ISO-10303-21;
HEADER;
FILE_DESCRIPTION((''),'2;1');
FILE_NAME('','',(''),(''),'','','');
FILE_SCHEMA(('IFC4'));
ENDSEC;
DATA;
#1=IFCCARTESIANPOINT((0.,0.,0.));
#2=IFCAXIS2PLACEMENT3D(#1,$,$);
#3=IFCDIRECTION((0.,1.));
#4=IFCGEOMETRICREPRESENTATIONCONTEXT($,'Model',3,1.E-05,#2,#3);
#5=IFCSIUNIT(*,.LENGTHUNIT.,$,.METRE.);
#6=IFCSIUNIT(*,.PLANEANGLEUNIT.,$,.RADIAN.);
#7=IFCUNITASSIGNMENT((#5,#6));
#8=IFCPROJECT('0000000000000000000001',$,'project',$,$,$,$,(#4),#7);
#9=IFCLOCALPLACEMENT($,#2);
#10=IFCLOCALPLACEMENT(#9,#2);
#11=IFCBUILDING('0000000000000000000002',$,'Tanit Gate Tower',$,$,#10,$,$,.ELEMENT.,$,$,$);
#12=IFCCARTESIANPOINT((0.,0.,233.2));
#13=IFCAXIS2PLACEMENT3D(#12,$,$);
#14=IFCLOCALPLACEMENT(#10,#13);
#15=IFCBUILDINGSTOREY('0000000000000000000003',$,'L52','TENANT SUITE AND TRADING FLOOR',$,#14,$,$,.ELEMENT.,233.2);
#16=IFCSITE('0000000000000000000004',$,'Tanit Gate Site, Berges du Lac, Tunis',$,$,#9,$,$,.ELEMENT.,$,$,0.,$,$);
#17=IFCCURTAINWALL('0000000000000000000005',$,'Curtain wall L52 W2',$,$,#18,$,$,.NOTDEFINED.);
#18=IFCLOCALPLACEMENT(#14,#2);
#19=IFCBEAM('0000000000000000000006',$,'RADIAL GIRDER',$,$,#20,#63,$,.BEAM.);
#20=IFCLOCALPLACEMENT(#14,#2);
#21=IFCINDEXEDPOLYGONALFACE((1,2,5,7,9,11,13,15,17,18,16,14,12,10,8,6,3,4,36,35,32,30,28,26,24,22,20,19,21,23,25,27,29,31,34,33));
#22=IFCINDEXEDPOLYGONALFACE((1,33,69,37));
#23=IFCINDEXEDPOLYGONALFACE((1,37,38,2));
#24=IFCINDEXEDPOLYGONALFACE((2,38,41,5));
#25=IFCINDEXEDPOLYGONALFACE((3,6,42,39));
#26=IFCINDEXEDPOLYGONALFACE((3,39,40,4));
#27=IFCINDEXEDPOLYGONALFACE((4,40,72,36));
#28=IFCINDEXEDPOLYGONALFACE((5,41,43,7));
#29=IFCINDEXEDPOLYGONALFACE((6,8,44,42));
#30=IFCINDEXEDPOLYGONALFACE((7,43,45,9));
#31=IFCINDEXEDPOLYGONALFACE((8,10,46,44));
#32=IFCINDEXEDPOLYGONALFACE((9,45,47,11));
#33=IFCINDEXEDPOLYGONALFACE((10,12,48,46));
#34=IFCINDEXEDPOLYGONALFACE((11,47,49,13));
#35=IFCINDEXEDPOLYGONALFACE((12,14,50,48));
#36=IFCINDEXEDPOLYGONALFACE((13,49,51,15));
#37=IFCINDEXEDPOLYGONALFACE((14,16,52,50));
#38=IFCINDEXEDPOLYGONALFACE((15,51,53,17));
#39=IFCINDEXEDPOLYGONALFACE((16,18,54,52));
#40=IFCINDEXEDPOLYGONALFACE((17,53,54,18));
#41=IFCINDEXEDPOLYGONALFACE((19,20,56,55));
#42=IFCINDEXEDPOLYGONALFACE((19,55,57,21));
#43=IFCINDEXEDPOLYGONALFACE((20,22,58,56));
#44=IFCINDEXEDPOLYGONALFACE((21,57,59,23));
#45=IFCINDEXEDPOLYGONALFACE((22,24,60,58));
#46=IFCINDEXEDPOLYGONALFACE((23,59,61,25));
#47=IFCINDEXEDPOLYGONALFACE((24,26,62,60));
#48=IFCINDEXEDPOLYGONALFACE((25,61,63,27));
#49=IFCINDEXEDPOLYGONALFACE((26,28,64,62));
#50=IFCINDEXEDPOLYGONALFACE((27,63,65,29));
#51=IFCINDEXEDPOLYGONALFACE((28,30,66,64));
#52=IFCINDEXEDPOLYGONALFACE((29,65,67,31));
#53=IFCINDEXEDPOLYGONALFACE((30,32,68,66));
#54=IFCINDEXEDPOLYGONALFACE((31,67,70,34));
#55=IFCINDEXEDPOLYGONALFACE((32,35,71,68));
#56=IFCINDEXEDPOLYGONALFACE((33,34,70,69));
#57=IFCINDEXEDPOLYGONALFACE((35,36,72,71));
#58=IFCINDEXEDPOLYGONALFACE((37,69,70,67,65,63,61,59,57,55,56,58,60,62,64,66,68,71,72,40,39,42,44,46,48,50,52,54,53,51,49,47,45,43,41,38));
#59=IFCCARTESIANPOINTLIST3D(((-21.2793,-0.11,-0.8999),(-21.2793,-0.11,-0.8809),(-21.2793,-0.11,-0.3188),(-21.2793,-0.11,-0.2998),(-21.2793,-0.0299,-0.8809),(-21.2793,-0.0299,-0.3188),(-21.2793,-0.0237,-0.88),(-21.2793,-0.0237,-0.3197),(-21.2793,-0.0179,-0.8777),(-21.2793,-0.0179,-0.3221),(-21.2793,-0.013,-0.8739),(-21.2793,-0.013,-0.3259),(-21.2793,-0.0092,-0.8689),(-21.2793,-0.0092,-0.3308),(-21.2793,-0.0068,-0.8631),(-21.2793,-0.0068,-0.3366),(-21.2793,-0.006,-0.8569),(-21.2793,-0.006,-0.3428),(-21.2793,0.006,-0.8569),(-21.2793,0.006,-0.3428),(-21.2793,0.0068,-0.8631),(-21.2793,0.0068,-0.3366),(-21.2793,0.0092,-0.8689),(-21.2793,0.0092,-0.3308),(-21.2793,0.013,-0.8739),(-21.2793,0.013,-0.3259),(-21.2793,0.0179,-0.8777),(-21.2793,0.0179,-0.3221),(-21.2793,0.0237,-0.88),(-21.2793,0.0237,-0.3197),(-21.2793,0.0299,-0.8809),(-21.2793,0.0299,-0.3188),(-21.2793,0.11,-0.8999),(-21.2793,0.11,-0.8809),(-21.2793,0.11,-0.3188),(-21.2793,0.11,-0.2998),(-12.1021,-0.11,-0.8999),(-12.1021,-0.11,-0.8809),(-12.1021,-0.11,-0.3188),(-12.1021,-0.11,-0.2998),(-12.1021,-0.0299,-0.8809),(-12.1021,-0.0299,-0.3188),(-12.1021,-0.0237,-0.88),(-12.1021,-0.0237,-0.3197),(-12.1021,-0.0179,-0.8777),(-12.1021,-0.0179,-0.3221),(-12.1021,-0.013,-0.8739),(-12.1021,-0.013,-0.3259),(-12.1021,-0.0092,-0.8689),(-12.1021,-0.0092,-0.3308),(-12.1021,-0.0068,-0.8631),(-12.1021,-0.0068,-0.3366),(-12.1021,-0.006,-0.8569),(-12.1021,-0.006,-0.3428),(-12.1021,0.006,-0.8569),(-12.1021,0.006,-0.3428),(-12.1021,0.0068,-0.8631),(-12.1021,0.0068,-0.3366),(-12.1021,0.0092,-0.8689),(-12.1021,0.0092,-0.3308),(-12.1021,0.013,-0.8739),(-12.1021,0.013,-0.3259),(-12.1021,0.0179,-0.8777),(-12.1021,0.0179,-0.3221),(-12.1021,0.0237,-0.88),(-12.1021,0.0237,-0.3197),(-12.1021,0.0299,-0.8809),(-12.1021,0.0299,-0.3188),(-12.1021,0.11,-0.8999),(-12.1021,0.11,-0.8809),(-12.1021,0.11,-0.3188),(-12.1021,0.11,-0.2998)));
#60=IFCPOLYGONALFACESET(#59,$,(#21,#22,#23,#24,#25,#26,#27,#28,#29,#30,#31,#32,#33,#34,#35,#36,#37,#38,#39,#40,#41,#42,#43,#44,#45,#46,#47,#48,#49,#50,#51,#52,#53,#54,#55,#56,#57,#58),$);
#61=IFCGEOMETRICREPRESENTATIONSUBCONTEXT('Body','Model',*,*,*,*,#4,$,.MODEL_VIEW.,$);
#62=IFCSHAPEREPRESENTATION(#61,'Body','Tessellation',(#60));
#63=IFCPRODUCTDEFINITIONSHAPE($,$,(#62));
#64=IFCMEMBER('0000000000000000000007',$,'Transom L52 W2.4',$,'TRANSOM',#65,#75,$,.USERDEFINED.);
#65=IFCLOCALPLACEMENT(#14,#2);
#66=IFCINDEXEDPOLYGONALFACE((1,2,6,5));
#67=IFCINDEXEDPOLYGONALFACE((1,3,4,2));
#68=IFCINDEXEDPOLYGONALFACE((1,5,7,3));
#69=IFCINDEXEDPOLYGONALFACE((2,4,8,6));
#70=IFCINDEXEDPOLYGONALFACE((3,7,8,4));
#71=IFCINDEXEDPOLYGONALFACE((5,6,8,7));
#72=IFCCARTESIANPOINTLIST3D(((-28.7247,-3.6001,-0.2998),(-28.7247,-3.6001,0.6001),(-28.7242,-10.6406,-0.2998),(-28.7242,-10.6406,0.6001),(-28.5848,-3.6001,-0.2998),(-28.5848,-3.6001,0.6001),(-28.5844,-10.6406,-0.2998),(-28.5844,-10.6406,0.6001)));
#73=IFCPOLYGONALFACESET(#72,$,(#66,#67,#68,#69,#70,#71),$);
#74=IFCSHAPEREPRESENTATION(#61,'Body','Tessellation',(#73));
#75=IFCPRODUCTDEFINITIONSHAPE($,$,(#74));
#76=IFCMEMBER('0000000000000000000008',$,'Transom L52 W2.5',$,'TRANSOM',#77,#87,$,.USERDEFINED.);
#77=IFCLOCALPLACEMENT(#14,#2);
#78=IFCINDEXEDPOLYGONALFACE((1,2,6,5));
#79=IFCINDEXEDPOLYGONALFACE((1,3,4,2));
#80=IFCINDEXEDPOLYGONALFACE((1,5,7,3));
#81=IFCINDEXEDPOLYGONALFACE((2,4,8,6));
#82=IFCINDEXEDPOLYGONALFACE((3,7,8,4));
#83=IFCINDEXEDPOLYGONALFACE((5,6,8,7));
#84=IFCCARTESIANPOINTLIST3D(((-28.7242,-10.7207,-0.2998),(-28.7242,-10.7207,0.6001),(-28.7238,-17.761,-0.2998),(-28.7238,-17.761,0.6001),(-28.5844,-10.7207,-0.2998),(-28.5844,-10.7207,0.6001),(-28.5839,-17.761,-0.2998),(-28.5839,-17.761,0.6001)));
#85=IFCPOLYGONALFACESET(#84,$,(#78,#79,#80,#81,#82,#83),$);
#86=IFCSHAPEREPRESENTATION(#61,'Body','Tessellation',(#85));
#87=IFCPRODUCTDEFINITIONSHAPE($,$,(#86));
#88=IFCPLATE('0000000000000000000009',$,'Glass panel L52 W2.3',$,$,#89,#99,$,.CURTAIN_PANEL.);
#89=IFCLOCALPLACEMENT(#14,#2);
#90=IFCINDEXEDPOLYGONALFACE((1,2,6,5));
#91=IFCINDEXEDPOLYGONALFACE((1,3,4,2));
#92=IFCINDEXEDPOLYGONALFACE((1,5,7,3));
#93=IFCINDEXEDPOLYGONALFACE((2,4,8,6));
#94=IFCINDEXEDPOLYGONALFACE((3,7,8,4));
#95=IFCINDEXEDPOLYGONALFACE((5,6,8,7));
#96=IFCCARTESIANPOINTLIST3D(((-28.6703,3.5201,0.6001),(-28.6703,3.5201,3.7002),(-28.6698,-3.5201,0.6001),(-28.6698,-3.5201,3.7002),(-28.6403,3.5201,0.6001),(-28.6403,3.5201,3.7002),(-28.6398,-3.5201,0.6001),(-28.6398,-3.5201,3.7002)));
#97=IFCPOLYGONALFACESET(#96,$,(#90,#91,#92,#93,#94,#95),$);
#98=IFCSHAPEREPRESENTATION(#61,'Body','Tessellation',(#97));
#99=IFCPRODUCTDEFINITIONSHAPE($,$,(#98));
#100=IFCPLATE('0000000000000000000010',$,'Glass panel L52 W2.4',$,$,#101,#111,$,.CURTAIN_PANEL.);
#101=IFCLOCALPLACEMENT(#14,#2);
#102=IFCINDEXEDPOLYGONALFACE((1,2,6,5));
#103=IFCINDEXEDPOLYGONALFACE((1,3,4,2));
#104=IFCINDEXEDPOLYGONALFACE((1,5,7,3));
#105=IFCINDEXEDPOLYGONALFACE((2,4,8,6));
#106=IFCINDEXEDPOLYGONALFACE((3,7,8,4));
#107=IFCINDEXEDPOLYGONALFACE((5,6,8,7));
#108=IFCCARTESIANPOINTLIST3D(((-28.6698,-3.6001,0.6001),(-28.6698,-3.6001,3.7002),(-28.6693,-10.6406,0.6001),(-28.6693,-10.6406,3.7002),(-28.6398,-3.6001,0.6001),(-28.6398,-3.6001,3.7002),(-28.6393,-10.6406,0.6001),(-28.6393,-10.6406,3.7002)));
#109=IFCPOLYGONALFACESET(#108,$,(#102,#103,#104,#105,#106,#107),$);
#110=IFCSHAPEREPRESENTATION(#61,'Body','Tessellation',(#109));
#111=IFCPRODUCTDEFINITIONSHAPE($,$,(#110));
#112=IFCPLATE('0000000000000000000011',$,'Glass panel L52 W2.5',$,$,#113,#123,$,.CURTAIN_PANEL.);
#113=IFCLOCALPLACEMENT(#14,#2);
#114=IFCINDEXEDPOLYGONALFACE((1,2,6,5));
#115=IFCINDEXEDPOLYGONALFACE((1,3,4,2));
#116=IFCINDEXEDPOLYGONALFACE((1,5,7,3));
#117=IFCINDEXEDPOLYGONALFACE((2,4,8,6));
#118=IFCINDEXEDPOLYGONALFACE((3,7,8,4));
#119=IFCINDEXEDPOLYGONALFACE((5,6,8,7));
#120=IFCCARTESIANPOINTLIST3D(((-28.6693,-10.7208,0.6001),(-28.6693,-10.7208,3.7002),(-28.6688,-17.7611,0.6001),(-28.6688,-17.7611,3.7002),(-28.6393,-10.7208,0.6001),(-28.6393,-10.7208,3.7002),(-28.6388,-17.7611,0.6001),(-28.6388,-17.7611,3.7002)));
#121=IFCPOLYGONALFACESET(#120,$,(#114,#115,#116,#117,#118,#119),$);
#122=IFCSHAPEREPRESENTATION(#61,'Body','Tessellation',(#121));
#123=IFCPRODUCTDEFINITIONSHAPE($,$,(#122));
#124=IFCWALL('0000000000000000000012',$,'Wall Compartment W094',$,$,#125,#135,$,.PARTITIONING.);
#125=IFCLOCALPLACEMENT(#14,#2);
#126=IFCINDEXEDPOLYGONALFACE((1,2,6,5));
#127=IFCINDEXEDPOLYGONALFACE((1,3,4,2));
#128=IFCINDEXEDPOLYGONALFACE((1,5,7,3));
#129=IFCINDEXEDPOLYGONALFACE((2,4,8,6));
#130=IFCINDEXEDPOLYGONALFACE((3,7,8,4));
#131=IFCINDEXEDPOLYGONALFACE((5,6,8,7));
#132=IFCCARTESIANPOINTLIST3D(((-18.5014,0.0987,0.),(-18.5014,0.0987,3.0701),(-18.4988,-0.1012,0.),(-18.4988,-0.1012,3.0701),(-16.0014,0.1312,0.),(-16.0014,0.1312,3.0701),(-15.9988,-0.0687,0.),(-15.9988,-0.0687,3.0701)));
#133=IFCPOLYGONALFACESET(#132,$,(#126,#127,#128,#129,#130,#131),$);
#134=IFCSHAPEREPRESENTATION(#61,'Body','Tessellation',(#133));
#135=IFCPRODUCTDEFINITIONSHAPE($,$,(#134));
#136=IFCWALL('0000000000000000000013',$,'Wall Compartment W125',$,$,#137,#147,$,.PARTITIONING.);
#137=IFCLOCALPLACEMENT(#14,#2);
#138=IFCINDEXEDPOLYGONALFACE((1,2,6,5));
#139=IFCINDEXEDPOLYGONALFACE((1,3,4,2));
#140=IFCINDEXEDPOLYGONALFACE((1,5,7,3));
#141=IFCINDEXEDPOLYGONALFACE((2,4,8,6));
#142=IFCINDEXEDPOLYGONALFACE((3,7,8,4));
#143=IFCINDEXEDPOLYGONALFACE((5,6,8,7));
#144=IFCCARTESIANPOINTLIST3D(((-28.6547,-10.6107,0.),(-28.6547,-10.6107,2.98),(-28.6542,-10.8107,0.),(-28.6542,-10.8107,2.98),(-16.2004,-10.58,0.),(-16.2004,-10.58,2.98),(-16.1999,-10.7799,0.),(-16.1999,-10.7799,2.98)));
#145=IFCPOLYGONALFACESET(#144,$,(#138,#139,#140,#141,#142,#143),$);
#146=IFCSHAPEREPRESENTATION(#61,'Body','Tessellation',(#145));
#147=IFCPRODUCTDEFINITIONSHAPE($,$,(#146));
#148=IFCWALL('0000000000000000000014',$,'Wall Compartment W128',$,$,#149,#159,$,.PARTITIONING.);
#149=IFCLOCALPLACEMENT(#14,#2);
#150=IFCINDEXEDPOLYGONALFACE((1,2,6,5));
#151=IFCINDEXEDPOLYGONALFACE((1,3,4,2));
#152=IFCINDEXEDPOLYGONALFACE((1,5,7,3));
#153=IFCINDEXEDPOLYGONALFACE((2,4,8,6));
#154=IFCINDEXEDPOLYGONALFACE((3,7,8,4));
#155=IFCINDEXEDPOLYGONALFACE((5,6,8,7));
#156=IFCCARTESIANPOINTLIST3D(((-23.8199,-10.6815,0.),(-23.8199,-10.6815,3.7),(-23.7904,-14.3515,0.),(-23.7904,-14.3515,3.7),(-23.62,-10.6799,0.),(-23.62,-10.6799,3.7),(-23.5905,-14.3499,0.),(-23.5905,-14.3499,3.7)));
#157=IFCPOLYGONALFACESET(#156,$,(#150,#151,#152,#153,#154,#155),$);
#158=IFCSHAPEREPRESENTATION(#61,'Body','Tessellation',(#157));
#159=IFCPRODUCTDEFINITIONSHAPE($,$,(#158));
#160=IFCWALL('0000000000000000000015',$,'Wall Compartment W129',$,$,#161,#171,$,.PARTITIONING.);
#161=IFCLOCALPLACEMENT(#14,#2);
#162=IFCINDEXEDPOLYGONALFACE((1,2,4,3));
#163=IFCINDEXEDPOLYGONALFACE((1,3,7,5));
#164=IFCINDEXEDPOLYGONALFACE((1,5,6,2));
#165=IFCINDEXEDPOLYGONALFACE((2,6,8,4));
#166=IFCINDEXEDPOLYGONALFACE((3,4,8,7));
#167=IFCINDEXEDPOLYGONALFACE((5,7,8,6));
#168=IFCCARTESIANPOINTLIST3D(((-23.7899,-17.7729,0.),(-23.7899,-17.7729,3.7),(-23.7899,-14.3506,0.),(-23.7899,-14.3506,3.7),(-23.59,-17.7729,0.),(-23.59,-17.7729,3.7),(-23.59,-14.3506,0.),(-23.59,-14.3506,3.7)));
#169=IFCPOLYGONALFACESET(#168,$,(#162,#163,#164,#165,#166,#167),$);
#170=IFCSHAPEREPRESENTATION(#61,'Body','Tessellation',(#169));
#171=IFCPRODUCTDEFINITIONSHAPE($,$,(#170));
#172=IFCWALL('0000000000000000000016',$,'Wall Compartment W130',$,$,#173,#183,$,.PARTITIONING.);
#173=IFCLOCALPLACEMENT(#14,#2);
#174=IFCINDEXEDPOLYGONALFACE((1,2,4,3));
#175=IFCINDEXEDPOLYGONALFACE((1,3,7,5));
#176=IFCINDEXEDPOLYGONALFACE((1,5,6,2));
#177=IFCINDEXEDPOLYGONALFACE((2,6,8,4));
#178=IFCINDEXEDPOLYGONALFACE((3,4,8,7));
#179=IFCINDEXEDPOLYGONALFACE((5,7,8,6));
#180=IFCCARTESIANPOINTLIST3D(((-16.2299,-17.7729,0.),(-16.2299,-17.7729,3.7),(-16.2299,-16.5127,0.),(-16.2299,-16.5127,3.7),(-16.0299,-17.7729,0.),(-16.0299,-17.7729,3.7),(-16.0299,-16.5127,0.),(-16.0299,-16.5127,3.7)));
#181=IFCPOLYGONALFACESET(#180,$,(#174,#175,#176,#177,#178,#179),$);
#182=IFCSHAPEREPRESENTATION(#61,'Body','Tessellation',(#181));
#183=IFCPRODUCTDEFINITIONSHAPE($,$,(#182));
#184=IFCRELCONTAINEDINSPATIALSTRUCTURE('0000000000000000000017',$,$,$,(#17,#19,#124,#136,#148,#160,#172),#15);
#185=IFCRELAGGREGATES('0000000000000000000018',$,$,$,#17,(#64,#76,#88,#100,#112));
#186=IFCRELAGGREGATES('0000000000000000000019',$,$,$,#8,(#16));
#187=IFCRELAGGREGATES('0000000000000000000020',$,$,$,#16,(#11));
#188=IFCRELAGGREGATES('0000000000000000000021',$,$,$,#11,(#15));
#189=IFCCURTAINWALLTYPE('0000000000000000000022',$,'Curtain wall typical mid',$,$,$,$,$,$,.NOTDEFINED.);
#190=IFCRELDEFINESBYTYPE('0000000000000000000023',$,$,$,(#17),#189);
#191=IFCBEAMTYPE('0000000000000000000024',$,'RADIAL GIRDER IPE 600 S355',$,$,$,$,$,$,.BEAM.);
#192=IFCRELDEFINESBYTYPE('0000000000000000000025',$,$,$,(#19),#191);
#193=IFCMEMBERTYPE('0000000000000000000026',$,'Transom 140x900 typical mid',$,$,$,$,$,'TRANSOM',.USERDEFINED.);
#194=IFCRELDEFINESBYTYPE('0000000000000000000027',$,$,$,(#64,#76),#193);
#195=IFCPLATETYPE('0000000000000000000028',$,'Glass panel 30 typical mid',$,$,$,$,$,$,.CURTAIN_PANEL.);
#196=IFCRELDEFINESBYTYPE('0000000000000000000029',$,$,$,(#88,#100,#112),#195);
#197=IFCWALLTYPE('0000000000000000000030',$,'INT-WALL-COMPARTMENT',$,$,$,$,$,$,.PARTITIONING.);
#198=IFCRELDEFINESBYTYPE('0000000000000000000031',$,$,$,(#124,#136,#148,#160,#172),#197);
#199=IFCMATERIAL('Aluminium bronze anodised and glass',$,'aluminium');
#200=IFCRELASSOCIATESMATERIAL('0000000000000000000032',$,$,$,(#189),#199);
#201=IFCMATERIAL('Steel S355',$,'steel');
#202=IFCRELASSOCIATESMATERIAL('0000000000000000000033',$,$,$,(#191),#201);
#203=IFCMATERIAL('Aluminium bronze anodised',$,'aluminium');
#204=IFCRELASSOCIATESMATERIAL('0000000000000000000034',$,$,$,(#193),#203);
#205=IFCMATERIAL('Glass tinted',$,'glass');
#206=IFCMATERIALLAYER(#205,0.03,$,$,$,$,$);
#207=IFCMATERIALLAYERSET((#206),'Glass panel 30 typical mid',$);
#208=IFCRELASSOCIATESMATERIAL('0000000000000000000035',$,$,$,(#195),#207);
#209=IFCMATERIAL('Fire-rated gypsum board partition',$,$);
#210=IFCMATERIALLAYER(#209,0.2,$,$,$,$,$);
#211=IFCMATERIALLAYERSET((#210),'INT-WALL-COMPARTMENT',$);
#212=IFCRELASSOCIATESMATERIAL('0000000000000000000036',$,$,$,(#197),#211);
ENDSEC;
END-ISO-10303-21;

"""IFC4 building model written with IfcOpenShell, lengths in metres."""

from ifc_helpers import new_model, si_unit, direction, frame, frame_2d, origin, origin_2d, place, context, subcontext, project, spatial, rectangle, i_section, extrude, material, layer, layer_set, material_profile, profile_set, type_object, element, aggregate, save


model = new_model("IFC4")

# Units and contexts
model_context = context("Model", 3, precision=1e-05, world=origin(), true_north=direction((0.0, 1.0)))
body_context = subcontext(model_context, "Body", "Model", "MODEL_VIEW")
ifc_project = project(units=[si_unit("LENGTHUNIT", "METRE"), si_unit("PLANEANGLEUNIT", "RADIAN")], contexts=[model_context])

# Site, building, storey
site_placement = place(None, origin())
site = spatial("IfcSite", under=ifc_project, at=site_placement, Name="Tanit Gate Site, Berges du Lac, Tunis", CompositionType="ELEMENT", RefElevation=0.0)
building_placement = place(site_placement, origin())
building = spatial("IfcBuilding", under=site, at=building_placement, Name="Tanit Gate Tower", CompositionType="ELEMENT")
storey_placement = place(building_placement, frame((0.0, 0.0, 233.2)))
storey = spatial("IfcBuildingStorey", under=building, at=storey_placement, Name="L52", Description="TENANT SUITE AND TRADING FLOOR", CompositionType="ELEMENT", Elevation=233.2)

# Curtain wall
ifc_material_1 = material(Name="Aluminium bronze anodised and glass", Category="aluminium")
curtain_wall_type = type_object("IfcCurtainWallType", Name="Curtain wall typical mid", PredefinedType="NOTDEFINED", material=ifc_material_1)
curtain_wall_placement = place(storey_placement, origin())
curtain_wall = element("IfcCurtainWall", 1, at=curtain_wall_placement, inside=storey, type_object=curtain_wall_type, Name="Curtain wall L52 W2", PredefinedType="NOTDEFINED")

# Beam
ifc_material_2 = material(Name="Steel S355", Category="steel")
ifc_material_profile_1 = material_profile(ifc_material_2, i_section(OverallWidth=0.22, OverallDepth=0.6001, WebThickness=0.012, FlangeThickness=0.019, FilletRadius=0.0239, at=origin_2d()), Name="IPE 600")
ifc_profile_set_1 = profile_set([ifc_material_profile_1], Name="Steel S355")
beam_type_1 = type_object("IfcBeamType", Name="RADIAL GIRDER IPE 600 S355", PredefinedType="BEAM", material=ifc_profile_set_1)
beam_1_placement = place(storey_placement, frame((-21.2793, 0.0, -0.5999), z_axis=(1.0, 0.0, 0.0), x_axis=(0.0, 1.0, 0.0)))
element("IfcBeam", 2, at=beam_1_placement, inside=storey, type_object=beam_type_1, Name="RADIAL GIRDER", PredefinedType="BEAM", context=body_context, shape_type="SweptSolid", body=[
    extrude(i_section(OverallWidth=0.22, OverallDepth=0.6001, WebThickness=0.012, FlangeThickness=0.019, FilletRadius=0.0239, at=origin_2d()), origin(), (0.0, 0.0, 1.0), 9.1772),
])

# Members
ifc_material_3 = material(Name="Aluminium bronze anodised", Category="aluminium")
ifc_material_profile_2 = material_profile(ifc_material_3, rectangle(XDim=0.1399, YDim=0.8999, at=origin_2d()), Name="140x900 bronze transom")
ifc_profile_set_2 = profile_set([ifc_material_profile_2], Name="Aluminium bronze anodised")
member_type_1 = type_object("IfcMemberType", Name="Transom 140x900 typical mid", ElementType="TRANSOM", PredefinedType="USERDEFINED", material=ifc_profile_set_2)
member_1_placement = place(storey_placement, frame((-28.6548, -3.6001, 0.1501), z_axis=(0.000069, -1.0, 0.0), x_axis=(1.0, 0.000069, 0.0)))
member_1 = element("IfcMember", 3, at=member_1_placement, type_object=member_type_1, Name="Transom L52 W2.4", ObjectType="TRANSOM", PredefinedType="USERDEFINED", context=body_context, shape_type="SweptSolid", body=[
    extrude(rectangle(XDim=0.1399, YDim=0.8999, at=origin_2d()), origin(), (0.0, 0.0, 1.0), 7.0405),
])
member_2_placement = place(storey_placement, frame((-28.6543, -10.7207, 0.1501), z_axis=(0.000069, -1.0, 0.0), x_axis=(1.0, 0.000069, 0.0)))
member_2 = element("IfcMember", 4, at=member_2_placement, type_object=member_type_1, Name="Transom L52 W2.5", ObjectType="TRANSOM", PredefinedType="USERDEFINED", context=body_context, shape_type="SweptSolid", body=[
    extrude(rectangle(XDim=0.1399, YDim=0.8999, at=origin_2d()), origin(), (0.0, 0.0, 1.0), 7.0403),
])

# Plates
ifc_material_4 = material(Name="Glass tinted", Category="glass")
ifc_layer_1 = layer(ifc_material_4, 0.03)
ifc_layer_set_1 = layer_set([ifc_layer_1], Name="Glass panel 30 typical mid")
plate_type = type_object("IfcPlateType", Name="Glass panel 30 typical mid", PredefinedType="CURTAIN_PANEL", material=ifc_layer_set_1)
plate_1_placement = place(storey_placement, frame((-28.655, 0.0, 0.6001), z_axis=(0.0, 0.0, 1.0), x_axis=(0.000069, -1.0, 0.0)))
plate_1 = element("IfcPlate", 5, at=plate_1_placement, type_object=plate_type, Name="Glass panel L52 W2.3", PredefinedType="CURTAIN_PANEL", context=body_context, shape_type="SweptSolid", body=[
    extrude(rectangle(XDim=7.0403, YDim=0.03, at=origin_2d()), origin(), (0.0, 0.0, 1.0), 3.1001),
])
plate_2_placement = place(storey_placement, frame((-28.6545, -7.1204, 0.6001), z_axis=(0.0, 0.0, 1.0), x_axis=(0.000069, -1.0, 0.0)))
plate_2 = element("IfcPlate", 6, at=plate_2_placement, type_object=plate_type, Name="Glass panel L52 W2.4", PredefinedType="CURTAIN_PANEL", context=body_context, shape_type="SweptSolid", body=[
    extrude(rectangle(XDim=7.0405, YDim=0.03, at=origin_2d()), origin(), (0.0, 0.0, 1.0), 3.1001),
])
plate_3_placement = place(storey_placement, frame((-28.6541, -14.241, 0.6001), z_axis=(0.0, 0.0, 1.0), x_axis=(0.000069, -1.0, 0.0)))
plate_3 = element("IfcPlate", 7, at=plate_3_placement, type_object=plate_type, Name="Glass panel L52 W2.5", PredefinedType="CURTAIN_PANEL", context=body_context, shape_type="SweptSolid", body=[
    extrude(rectangle(XDim=7.0403, YDim=0.03, at=origin_2d()), origin(), (0.0, 0.0, 1.0), 3.1001),
])
aggregate(curtain_wall, [member_1, member_2, plate_1, plate_2, plate_3])

# Walls
ifc_material_5 = material(Name="Fire-rated gypsum board partition")
ifc_layer_2 = layer(ifc_material_5, 0.2)
ifc_layer_set_2 = layer_set([ifc_layer_2], Name="INT-WALL-COMPARTMENT")
wall_type_1 = type_object("IfcWallType", Name="INT-WALL-COMPARTMENT", PredefinedType="PARTITIONING", material=ifc_layer_set_2)
wall_1_placement = place(storey_placement, frame((-18.5, -0.0012, 0.0), z_axis=(0.0, 0.0, 1.0), x_axis=(0.999916, 0.012987, 0.0)))
element("IfcWall", 8, at=wall_1_placement, inside=storey, type_object=wall_type_1, Name="Wall Compartment W094", PredefinedType="PARTITIONING", context=body_context, shape_type="SweptSolid", body=[
    extrude(rectangle(XDim=2.5002, YDim=0.2, at=frame_2d((1.25, 0.0))), origin(), (0.0, 0.0, 1.0), 3.0701),
])
wall_2_placement = place(storey_placement, frame((-28.6543, -10.7107, 0.0), z_axis=(0.0, 0.0, 1.0), x_axis=(0.999997, 0.00247, 0.0)))
element("IfcWall", 9, at=wall_2_placement, inside=storey, type_object=wall_type_1, Name="Wall Compartment W125", PredefinedType="PARTITIONING", context=body_context, shape_type="SweptSolid", body=[
    extrude(rectangle(XDim=12.4543, YDim=0.2, at=frame_2d((6.2271, 0.0))), origin(), (0.0, 0.0, 1.0), 2.98),
])
wall_3_placement = place(storey_placement, frame((-23.6904, -14.3506, 0.0), z_axis=(0.0, 0.0, 1.0), x_axis=(-0.008049, 0.999968, 0.0)))
element("IfcWall", 10, at=wall_3_placement, inside=storey, type_object=wall_type_1, Name="Wall Compartment W128", PredefinedType="PARTITIONING", context=body_context, shape_type="SweptSolid", body=[
    extrude(rectangle(XDim=3.6702, YDim=0.2, at=frame_2d((1.835, 0.0))), origin(), (0.0, 0.0, 1.0), 3.7),
])
wall_4_placement = place(storey_placement, frame((-23.6899, -17.7729, 0.0), z_axis=(0.0, 0.0, 1.0), x_axis=(0.0, 1.0, 0.0)))
element("IfcWall", 11, at=wall_4_placement, inside=storey, type_object=wall_type_1, Name="Wall Compartment W129", PredefinedType="PARTITIONING", context=body_context, shape_type="SweptSolid", body=[
    extrude(rectangle(XDim=3.4224, YDim=0.2, at=frame_2d((1.7112, 0.0))), origin(), (0.0, 0.0, 1.0), 3.7),
])
wall_5_placement = place(storey_placement, frame((-16.1299, -17.7729, 0.0), z_axis=(0.0, 0.0, 1.0), x_axis=(0.0, 1.0, 0.0)))
element("IfcWall", 12, at=wall_5_placement, inside=storey, type_object=wall_type_1, Name="Wall Compartment W130", PredefinedType="PARTITIONING", context=body_context, shape_type="SweptSolid", body=[
    extrude(rectangle(XDim=1.2603, YDim=0.2, at=frame_2d((0.6301, 0.0))), origin(), (0.0, 0.0, 1.0), 3.7),
])

save(model, "model.ifc")
